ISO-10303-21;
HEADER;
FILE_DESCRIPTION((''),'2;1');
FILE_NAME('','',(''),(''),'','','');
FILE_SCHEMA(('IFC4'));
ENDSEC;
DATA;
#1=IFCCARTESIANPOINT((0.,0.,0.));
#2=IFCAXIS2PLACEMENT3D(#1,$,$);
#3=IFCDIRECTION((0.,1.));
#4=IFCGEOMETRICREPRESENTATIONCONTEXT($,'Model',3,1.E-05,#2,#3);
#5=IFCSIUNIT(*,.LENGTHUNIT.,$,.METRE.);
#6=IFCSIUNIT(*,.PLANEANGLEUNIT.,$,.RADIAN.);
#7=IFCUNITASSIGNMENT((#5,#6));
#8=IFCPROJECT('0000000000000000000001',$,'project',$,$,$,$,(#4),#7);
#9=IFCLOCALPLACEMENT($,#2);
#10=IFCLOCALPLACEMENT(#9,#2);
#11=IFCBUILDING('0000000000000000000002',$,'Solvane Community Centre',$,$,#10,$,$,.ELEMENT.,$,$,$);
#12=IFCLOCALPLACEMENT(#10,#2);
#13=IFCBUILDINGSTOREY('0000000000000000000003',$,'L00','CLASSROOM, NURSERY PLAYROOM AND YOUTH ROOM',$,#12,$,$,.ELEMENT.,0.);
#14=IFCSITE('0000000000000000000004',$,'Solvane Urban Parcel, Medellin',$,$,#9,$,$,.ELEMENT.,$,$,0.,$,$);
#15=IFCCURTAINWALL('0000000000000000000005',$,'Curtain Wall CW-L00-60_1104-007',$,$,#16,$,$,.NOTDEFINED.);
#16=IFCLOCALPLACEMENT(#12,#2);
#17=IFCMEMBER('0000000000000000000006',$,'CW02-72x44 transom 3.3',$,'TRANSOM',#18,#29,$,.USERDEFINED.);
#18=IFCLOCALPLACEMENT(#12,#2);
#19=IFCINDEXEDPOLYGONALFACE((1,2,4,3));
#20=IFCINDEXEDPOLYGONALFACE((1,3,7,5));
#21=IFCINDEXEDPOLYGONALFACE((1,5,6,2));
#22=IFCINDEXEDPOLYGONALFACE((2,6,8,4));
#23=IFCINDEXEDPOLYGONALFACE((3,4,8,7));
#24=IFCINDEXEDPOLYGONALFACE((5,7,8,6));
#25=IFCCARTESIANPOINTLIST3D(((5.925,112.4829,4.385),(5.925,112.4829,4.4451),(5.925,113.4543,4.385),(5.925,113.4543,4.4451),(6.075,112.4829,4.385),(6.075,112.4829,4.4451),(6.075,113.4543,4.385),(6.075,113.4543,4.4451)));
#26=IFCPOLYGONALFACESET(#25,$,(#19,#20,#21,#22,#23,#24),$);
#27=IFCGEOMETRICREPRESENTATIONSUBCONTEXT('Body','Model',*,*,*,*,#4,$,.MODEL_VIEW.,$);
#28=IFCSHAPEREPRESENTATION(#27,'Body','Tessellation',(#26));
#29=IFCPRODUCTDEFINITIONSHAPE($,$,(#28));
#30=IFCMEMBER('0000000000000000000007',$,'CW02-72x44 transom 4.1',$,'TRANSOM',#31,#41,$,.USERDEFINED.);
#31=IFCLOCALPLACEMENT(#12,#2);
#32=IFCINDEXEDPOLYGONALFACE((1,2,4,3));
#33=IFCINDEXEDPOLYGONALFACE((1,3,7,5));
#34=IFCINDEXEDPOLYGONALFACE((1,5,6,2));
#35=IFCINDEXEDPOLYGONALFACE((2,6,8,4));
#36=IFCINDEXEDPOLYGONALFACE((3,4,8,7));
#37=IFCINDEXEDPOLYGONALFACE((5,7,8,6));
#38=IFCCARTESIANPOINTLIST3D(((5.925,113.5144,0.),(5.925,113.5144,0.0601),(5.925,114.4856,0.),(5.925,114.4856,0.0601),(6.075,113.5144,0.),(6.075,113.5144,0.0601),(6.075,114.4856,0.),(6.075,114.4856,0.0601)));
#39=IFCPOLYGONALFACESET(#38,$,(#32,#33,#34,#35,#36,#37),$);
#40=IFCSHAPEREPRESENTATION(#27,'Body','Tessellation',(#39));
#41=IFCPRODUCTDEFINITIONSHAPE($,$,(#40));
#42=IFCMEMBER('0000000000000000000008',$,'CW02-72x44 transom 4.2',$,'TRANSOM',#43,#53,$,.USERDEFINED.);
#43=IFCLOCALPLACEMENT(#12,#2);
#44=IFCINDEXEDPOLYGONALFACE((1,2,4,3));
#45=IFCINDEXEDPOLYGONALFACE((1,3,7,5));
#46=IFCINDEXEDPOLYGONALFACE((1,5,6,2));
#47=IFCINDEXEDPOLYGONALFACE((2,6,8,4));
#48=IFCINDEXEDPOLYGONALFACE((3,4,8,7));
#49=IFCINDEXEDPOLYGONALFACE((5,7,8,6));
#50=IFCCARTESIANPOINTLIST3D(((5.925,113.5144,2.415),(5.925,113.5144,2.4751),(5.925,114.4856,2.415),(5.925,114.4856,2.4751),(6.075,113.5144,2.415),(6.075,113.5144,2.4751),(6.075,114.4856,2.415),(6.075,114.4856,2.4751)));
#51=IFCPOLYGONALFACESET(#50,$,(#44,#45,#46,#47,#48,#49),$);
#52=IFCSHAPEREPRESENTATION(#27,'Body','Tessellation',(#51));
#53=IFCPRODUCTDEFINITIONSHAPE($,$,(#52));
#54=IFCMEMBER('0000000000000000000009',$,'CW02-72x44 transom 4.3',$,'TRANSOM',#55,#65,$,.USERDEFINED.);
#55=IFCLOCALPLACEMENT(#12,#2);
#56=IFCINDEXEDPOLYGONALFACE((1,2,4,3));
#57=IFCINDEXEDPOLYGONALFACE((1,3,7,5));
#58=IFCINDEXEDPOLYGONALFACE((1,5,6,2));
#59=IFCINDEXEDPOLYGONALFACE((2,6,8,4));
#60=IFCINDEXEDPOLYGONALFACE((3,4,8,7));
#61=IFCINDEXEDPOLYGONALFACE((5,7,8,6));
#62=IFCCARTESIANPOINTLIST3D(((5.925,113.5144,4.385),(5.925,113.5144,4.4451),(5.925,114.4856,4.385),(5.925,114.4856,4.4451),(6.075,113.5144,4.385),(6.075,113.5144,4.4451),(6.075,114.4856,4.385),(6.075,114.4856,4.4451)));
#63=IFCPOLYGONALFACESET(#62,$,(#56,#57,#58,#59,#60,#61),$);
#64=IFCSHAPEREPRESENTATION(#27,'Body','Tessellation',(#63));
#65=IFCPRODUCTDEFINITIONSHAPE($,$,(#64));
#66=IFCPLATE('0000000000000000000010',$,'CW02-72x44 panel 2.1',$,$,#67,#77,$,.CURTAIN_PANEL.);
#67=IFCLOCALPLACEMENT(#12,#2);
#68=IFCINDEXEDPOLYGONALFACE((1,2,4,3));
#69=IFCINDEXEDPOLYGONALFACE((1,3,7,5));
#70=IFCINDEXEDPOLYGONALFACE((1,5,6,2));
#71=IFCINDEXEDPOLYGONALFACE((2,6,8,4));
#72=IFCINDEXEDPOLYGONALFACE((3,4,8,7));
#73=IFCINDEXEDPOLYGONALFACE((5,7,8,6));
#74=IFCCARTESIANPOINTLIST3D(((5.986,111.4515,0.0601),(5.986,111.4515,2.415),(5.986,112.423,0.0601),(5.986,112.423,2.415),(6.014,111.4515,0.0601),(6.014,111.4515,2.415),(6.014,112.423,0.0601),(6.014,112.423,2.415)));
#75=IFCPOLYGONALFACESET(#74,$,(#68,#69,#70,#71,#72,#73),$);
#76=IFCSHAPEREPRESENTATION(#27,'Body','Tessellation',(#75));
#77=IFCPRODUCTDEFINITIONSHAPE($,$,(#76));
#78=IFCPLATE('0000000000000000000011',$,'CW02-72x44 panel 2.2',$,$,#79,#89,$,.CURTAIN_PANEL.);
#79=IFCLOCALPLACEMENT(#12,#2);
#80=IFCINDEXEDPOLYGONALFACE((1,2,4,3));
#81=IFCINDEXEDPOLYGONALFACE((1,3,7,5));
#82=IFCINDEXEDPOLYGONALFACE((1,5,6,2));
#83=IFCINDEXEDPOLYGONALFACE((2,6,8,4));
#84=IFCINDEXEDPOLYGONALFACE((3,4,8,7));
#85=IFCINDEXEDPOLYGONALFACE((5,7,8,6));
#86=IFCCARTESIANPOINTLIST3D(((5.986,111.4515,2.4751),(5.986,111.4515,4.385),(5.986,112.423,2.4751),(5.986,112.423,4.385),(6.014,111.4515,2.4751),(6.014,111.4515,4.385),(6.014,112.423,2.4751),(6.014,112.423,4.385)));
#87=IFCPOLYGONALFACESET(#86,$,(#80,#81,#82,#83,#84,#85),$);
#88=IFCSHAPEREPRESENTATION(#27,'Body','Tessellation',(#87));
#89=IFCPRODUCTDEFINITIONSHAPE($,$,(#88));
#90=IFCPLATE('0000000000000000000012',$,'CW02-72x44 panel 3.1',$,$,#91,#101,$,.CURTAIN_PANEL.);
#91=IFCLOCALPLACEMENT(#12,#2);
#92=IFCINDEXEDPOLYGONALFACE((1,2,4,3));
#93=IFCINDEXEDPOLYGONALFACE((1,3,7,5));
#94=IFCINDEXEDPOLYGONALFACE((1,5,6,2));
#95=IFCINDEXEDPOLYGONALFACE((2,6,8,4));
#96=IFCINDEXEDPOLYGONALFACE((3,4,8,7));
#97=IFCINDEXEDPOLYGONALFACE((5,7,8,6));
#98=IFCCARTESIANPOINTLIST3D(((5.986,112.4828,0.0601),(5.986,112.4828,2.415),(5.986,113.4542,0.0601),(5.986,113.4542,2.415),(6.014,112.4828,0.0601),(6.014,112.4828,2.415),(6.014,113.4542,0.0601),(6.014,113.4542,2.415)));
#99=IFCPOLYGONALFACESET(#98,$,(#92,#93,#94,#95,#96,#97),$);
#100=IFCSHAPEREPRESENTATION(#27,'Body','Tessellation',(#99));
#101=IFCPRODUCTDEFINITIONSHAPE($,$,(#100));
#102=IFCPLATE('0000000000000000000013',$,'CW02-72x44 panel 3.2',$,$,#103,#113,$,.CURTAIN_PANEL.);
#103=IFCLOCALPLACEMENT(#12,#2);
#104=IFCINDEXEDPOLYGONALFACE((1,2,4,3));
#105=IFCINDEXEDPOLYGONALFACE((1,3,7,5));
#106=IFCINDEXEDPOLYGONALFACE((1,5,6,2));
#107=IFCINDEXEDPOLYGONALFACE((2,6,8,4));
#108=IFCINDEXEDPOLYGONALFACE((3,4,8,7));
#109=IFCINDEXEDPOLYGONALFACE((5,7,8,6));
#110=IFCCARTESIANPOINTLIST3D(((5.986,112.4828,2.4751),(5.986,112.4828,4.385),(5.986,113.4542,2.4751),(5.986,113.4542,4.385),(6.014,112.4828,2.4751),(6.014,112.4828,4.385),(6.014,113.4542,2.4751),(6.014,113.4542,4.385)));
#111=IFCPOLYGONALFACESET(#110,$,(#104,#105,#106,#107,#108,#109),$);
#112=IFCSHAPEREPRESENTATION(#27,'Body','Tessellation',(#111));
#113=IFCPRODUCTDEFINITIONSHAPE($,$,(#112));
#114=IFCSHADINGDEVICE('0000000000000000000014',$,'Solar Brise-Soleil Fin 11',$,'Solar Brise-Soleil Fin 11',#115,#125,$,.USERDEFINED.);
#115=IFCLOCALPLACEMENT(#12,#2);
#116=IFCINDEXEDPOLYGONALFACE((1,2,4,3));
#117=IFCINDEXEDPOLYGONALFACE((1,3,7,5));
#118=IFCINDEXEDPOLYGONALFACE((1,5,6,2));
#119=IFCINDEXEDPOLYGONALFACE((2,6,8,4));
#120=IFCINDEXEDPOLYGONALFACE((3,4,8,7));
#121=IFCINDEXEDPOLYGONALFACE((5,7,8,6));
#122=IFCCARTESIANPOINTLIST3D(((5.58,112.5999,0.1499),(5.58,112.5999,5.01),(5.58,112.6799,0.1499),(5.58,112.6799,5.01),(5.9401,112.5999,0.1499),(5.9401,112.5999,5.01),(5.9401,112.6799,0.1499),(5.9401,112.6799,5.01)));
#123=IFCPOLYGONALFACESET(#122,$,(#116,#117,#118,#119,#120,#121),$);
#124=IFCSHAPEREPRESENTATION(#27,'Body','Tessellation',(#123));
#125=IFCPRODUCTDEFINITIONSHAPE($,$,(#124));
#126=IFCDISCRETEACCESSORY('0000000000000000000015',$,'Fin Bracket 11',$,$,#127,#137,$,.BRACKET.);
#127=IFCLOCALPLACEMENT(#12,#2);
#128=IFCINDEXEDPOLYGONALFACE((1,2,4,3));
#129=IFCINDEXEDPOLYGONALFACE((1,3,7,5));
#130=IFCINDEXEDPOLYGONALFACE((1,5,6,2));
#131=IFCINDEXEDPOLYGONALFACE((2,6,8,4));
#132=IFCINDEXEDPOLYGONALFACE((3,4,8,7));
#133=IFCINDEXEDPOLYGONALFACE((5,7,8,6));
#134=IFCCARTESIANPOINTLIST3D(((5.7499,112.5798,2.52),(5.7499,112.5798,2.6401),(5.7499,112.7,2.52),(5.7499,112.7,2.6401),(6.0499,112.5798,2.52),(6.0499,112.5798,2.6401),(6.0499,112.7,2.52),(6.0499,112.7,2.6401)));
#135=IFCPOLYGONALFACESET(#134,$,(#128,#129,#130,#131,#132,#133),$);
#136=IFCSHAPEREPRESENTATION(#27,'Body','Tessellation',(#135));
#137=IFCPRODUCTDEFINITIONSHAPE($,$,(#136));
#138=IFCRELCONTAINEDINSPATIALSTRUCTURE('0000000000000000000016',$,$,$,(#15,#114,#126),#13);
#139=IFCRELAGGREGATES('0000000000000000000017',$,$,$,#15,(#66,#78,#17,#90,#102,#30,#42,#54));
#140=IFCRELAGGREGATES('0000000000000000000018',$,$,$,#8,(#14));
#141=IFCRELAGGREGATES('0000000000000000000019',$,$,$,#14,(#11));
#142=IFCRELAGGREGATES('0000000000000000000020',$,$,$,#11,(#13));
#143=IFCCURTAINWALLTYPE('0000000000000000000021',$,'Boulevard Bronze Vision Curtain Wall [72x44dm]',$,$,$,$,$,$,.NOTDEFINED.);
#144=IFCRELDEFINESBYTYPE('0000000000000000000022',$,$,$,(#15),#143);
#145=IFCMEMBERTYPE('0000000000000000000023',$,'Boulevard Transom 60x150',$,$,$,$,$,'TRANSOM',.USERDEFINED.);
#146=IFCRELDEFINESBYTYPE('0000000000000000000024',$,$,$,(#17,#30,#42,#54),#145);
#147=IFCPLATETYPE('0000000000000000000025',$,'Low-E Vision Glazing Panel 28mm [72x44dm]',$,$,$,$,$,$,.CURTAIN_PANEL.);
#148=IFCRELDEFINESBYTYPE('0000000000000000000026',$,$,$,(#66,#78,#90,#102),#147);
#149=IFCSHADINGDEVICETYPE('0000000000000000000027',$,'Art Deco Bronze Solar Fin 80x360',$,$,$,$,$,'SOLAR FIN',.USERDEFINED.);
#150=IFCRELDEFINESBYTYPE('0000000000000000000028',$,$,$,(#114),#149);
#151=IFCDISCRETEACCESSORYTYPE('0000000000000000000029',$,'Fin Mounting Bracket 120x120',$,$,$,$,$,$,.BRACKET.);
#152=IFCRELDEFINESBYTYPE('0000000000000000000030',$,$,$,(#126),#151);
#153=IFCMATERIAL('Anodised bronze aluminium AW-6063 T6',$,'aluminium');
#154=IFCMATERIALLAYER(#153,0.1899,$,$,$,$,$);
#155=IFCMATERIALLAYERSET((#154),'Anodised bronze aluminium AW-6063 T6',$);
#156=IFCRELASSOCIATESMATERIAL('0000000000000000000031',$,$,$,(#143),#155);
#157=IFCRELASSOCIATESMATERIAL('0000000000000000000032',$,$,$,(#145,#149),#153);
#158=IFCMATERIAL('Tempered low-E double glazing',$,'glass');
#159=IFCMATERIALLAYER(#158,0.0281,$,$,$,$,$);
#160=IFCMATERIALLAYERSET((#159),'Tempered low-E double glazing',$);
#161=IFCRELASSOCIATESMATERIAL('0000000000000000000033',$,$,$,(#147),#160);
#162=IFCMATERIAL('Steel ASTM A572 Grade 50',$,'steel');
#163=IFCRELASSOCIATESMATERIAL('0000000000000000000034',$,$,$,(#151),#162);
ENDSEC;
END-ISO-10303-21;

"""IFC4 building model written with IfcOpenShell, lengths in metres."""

from ifc_helpers import new_model, si_unit, direction, frame, origin, origin_2d, place, context, subcontext, project, spatial, rectangle, extrude, material, layer, layer_set, material_profile, profile_set, type_object, element, aggregate, save


model = new_model("IFC4")

# Units and contexts
model_context = context("Model", 3, precision=1e-05, world=origin(), true_north=direction((0.0, 1.0)))
body_context = subcontext(model_context, "Body", "Model", "MODEL_VIEW")
ifc_project = project(units=[si_unit("LENGTHUNIT", "METRE"), si_unit("PLANEANGLEUNIT", "RADIAN")], contexts=[model_context])

# Site, building, storey
site_placement = place(None, origin())
site = spatial("IfcSite", under=ifc_project, at=site_placement, Name="Solvane Urban Parcel, Medellin", CompositionType="ELEMENT", RefElevation=0.0)
building_placement = place(site_placement, origin())
building = spatial("IfcBuilding", under=site, at=building_placement, Name="Solvane Community Centre", CompositionType="ELEMENT")
storey_placement = place(building_placement, origin())
storey = spatial("IfcBuildingStorey", under=building, at=storey_placement, Name="L00", Description="CLASSROOM, NURSERY PLAYROOM AND YOUTH ROOM", CompositionType="ELEMENT", Elevation=0.0)

# Curtain wall, members, plates
ifc_material_1 = material(Name="Anodised bronze aluminium AW-6063 T6", Category="aluminium")
ifc_layer_1 = layer(ifc_material_1, 0.1899)
ifc_layer_set_1 = layer_set([ifc_layer_1], Name="Anodised bronze aluminium AW-6063 T6")
curtain_wall_type = type_object("IfcCurtainWallType", Name="Boulevard Bronze Vision Curtain Wall [72x44dm]", PredefinedType="NOTDEFINED", material=ifc_layer_set_1)
curtain_wall_placement = place(storey_placement, origin())
curtain_wall = element("IfcCurtainWall", 1, at=curtain_wall_placement, inside=storey, type_object=curtain_wall_type, Name="Curtain Wall CW-L00-60_1104-007", PredefinedType="NOTDEFINED")
ifc_material_profile_1 = material_profile(ifc_material_1, rectangle(XDim=0.1499, YDim=0.0601, at=origin_2d()), Name="CW-T 60x150")
ifc_profile_set_1 = profile_set([ifc_material_profile_1], Name="Anodised bronze aluminium AW-6063 T6")
member_type_1 = type_object("IfcMemberType", Name="Boulevard Transom 60x150", ElementType="TRANSOM", PredefinedType="USERDEFINED", material=ifc_profile_set_1)
member_1_placement = place(storey_placement, frame((6.0, 112.4829, 4.415), z_axis=(0.0, 1.0, 0.0), x_axis=(-1.0, 0.0, 0.0)))
member_1 = element("IfcMember", 2, at=member_1_placement, type_object=member_type_1, Name="CW02-72x44 transom 3.3", ObjectType="TRANSOM", PredefinedType="USERDEFINED", context=body_context, shape_type="SweptSolid", body=[
    extrude(rectangle(XDim=0.1499, YDim=0.0601, at=origin_2d()), origin(), (0.0, 0.0, 1.0), 0.9714),
])
member_2_placement = place(storey_placement, frame((6.0, 113.5144, 0.03), z_axis=(0.0, 1.0, 0.0), x_axis=(-1.0, 0.0, 0.0)))
member_2 = element("IfcMember", 3, at=member_2_placement, type_object=member_type_1, Name="CW02-72x44 transom 4.1", ObjectType="TRANSOM", PredefinedType="USERDEFINED", context=body_context, shape_type="SweptSolid", body=[
    extrude(rectangle(XDim=0.1499, YDim=0.0601, at=origin_2d()), origin(), (0.0, 0.0, 1.0), 0.9712),
])
member_3_placement = place(storey_placement, frame((6.0, 113.5144, 2.4451), z_axis=(0.0, 1.0, 0.0), x_axis=(-1.0, 0.0, 0.0)))
member_3 = element("IfcMember", 4, at=member_3_placement, type_object=member_type_1, Name="CW02-72x44 transom 4.2", ObjectType="TRANSOM", PredefinedType="USERDEFINED", context=body_context, shape_type="SweptSolid", body=[
    extrude(rectangle(XDim=0.1499, YDim=0.0601, at=origin_2d()), origin(), (0.0, 0.0, 1.0), 0.9712),
])
member_4_placement = place(storey_placement, frame((6.0, 113.5144, 4.415), z_axis=(0.0, 1.0, 0.0), x_axis=(-1.0, 0.0, 0.0)))
member_4 = element("IfcMember", 5, at=member_4_placement, type_object=member_type_1, Name="CW02-72x44 transom 4.3", ObjectType="TRANSOM", PredefinedType="USERDEFINED", context=body_context, shape_type="SweptSolid", body=[
    extrude(rectangle(XDim=0.1499, YDim=0.0601, at=origin_2d()), origin(), (0.0, 0.0, 1.0), 0.9712),
])
ifc_material_2 = material(Name="Tempered low-E double glazing", Category="glass")
ifc_layer_2 = layer(ifc_material_2, 0.0281)
ifc_layer_set_2 = layer_set([ifc_layer_2], Name="Tempered low-E double glazing")
plate_type = type_object("IfcPlateType", Name="Low-E Vision Glazing Panel 28mm [72x44dm]", PredefinedType="CURTAIN_PANEL", material=ifc_layer_set_2)
plate_1_placement = place(storey_placement, frame((6.0, 111.9373, 0.0601), z_axis=(0.0, 0.0, 1.0), x_axis=(0.0, 1.0, 0.0)))
plate_1 = element("IfcPlate", 6, at=plate_1_placement, type_object=plate_type, Name="CW02-72x44 panel 2.1", PredefinedType="CURTAIN_PANEL", context=body_context, shape_type="SweptSolid", body=[
    extrude(rectangle(XDim=0.9714, YDim=0.0281, at=origin_2d()), origin(), (0.0, 0.0, 1.0), 2.355),
])
plate_2_placement = place(storey_placement, frame((6.0, 111.9373, 2.4751), z_axis=(0.0, 0.0, 1.0), x_axis=(0.0, 1.0, 0.0)))
plate_2 = element("IfcPlate", 7, at=plate_2_placement, type_object=plate_type, Name="CW02-72x44 panel 2.2", PredefinedType="CURTAIN_PANEL", context=body_context, shape_type="SweptSolid", body=[
    extrude(rectangle(XDim=0.9714, YDim=0.0281, at=origin_2d()), origin(), (0.0, 0.0, 1.0), 1.9099),
])
plate_3_placement = place(storey_placement, frame((6.0, 112.9685, 0.0601), z_axis=(0.0, 0.0, 1.0), x_axis=(0.0, 1.0, 0.0)))
plate_3 = element("IfcPlate", 8, at=plate_3_placement, type_object=plate_type, Name="CW02-72x44 panel 3.1", PredefinedType="CURTAIN_PANEL", context=body_context, shape_type="SweptSolid", body=[
    extrude(rectangle(XDim=0.9714, YDim=0.0281, at=origin_2d()), origin(), (0.0, 0.0, 1.0), 2.355),
])
plate_4_placement = place(storey_placement, frame((6.0, 112.9685, 2.4751), z_axis=(0.0, 0.0, 1.0), x_axis=(0.0, 1.0, 0.0)))
plate_4 = element("IfcPlate", 9, at=plate_4_placement, type_object=plate_type, Name="CW02-72x44 panel 3.2", PredefinedType="CURTAIN_PANEL", context=body_context, shape_type="SweptSolid", body=[
    extrude(rectangle(XDim=0.9714, YDim=0.0281, at=origin_2d()), origin(), (0.0, 0.0, 1.0), 1.9099),
])
aggregate(curtain_wall, [plate_1, plate_2, member_1, plate_3, plate_4, member_2, member_3, member_4])

# Shading device
shading_device_type = type_object("IfcShadingDeviceType", Name="Art Deco Bronze Solar Fin 80x360", ElementType="SOLAR FIN", PredefinedType="USERDEFINED", material=ifc_material_1)
shading_device_placement = place(storey_placement, frame((5.76, 112.6399, 0.1499), z_axis=(0.0, 0.0, 1.0), x_axis=(0.0, 1.0, 0.0)))
element("IfcShadingDevice", 10, at=shading_device_placement, inside=storey, type_object=shading_device_type, Name="Solar Brise-Soleil Fin 11", ObjectType="Solar Brise-Soleil Fin 11", PredefinedType="USERDEFINED", context=body_context, shape_type="SweptSolid", body=[
    extrude(rectangle(XDim=0.0801, YDim=0.3601, at=origin_2d()), origin(), (0.0, 0.0, 1.0), 4.8601),
])

# Discrete accessory
ifc_material_3 = material(Name="Steel ASTM A572 Grade 50", Category="steel")
discrete_accessory_type = type_object("IfcDiscreteAccessoryType", Name="Fin Mounting Bracket 120x120", PredefinedType="BRACKET", material=ifc_material_3)
discrete_accessory_placement = place(storey_placement, frame((5.8999, 112.6399, 2.52), z_axis=(0.0, 0.0, 1.0), x_axis=(0.0, 1.0, 0.0)))
element("IfcDiscreteAccessory", 11, at=discrete_accessory_placement, inside=storey, type_object=discrete_accessory_type, Name="Fin Bracket 11", PredefinedType="BRACKET", context=body_context, shape_type="SweptSolid", body=[
    extrude(rectangle(XDim=0.1201, YDim=0.3, at=origin_2d()), origin(), (0.0, 0.0, 1.0), 0.1201),
])

save(model, "model.ifc")
